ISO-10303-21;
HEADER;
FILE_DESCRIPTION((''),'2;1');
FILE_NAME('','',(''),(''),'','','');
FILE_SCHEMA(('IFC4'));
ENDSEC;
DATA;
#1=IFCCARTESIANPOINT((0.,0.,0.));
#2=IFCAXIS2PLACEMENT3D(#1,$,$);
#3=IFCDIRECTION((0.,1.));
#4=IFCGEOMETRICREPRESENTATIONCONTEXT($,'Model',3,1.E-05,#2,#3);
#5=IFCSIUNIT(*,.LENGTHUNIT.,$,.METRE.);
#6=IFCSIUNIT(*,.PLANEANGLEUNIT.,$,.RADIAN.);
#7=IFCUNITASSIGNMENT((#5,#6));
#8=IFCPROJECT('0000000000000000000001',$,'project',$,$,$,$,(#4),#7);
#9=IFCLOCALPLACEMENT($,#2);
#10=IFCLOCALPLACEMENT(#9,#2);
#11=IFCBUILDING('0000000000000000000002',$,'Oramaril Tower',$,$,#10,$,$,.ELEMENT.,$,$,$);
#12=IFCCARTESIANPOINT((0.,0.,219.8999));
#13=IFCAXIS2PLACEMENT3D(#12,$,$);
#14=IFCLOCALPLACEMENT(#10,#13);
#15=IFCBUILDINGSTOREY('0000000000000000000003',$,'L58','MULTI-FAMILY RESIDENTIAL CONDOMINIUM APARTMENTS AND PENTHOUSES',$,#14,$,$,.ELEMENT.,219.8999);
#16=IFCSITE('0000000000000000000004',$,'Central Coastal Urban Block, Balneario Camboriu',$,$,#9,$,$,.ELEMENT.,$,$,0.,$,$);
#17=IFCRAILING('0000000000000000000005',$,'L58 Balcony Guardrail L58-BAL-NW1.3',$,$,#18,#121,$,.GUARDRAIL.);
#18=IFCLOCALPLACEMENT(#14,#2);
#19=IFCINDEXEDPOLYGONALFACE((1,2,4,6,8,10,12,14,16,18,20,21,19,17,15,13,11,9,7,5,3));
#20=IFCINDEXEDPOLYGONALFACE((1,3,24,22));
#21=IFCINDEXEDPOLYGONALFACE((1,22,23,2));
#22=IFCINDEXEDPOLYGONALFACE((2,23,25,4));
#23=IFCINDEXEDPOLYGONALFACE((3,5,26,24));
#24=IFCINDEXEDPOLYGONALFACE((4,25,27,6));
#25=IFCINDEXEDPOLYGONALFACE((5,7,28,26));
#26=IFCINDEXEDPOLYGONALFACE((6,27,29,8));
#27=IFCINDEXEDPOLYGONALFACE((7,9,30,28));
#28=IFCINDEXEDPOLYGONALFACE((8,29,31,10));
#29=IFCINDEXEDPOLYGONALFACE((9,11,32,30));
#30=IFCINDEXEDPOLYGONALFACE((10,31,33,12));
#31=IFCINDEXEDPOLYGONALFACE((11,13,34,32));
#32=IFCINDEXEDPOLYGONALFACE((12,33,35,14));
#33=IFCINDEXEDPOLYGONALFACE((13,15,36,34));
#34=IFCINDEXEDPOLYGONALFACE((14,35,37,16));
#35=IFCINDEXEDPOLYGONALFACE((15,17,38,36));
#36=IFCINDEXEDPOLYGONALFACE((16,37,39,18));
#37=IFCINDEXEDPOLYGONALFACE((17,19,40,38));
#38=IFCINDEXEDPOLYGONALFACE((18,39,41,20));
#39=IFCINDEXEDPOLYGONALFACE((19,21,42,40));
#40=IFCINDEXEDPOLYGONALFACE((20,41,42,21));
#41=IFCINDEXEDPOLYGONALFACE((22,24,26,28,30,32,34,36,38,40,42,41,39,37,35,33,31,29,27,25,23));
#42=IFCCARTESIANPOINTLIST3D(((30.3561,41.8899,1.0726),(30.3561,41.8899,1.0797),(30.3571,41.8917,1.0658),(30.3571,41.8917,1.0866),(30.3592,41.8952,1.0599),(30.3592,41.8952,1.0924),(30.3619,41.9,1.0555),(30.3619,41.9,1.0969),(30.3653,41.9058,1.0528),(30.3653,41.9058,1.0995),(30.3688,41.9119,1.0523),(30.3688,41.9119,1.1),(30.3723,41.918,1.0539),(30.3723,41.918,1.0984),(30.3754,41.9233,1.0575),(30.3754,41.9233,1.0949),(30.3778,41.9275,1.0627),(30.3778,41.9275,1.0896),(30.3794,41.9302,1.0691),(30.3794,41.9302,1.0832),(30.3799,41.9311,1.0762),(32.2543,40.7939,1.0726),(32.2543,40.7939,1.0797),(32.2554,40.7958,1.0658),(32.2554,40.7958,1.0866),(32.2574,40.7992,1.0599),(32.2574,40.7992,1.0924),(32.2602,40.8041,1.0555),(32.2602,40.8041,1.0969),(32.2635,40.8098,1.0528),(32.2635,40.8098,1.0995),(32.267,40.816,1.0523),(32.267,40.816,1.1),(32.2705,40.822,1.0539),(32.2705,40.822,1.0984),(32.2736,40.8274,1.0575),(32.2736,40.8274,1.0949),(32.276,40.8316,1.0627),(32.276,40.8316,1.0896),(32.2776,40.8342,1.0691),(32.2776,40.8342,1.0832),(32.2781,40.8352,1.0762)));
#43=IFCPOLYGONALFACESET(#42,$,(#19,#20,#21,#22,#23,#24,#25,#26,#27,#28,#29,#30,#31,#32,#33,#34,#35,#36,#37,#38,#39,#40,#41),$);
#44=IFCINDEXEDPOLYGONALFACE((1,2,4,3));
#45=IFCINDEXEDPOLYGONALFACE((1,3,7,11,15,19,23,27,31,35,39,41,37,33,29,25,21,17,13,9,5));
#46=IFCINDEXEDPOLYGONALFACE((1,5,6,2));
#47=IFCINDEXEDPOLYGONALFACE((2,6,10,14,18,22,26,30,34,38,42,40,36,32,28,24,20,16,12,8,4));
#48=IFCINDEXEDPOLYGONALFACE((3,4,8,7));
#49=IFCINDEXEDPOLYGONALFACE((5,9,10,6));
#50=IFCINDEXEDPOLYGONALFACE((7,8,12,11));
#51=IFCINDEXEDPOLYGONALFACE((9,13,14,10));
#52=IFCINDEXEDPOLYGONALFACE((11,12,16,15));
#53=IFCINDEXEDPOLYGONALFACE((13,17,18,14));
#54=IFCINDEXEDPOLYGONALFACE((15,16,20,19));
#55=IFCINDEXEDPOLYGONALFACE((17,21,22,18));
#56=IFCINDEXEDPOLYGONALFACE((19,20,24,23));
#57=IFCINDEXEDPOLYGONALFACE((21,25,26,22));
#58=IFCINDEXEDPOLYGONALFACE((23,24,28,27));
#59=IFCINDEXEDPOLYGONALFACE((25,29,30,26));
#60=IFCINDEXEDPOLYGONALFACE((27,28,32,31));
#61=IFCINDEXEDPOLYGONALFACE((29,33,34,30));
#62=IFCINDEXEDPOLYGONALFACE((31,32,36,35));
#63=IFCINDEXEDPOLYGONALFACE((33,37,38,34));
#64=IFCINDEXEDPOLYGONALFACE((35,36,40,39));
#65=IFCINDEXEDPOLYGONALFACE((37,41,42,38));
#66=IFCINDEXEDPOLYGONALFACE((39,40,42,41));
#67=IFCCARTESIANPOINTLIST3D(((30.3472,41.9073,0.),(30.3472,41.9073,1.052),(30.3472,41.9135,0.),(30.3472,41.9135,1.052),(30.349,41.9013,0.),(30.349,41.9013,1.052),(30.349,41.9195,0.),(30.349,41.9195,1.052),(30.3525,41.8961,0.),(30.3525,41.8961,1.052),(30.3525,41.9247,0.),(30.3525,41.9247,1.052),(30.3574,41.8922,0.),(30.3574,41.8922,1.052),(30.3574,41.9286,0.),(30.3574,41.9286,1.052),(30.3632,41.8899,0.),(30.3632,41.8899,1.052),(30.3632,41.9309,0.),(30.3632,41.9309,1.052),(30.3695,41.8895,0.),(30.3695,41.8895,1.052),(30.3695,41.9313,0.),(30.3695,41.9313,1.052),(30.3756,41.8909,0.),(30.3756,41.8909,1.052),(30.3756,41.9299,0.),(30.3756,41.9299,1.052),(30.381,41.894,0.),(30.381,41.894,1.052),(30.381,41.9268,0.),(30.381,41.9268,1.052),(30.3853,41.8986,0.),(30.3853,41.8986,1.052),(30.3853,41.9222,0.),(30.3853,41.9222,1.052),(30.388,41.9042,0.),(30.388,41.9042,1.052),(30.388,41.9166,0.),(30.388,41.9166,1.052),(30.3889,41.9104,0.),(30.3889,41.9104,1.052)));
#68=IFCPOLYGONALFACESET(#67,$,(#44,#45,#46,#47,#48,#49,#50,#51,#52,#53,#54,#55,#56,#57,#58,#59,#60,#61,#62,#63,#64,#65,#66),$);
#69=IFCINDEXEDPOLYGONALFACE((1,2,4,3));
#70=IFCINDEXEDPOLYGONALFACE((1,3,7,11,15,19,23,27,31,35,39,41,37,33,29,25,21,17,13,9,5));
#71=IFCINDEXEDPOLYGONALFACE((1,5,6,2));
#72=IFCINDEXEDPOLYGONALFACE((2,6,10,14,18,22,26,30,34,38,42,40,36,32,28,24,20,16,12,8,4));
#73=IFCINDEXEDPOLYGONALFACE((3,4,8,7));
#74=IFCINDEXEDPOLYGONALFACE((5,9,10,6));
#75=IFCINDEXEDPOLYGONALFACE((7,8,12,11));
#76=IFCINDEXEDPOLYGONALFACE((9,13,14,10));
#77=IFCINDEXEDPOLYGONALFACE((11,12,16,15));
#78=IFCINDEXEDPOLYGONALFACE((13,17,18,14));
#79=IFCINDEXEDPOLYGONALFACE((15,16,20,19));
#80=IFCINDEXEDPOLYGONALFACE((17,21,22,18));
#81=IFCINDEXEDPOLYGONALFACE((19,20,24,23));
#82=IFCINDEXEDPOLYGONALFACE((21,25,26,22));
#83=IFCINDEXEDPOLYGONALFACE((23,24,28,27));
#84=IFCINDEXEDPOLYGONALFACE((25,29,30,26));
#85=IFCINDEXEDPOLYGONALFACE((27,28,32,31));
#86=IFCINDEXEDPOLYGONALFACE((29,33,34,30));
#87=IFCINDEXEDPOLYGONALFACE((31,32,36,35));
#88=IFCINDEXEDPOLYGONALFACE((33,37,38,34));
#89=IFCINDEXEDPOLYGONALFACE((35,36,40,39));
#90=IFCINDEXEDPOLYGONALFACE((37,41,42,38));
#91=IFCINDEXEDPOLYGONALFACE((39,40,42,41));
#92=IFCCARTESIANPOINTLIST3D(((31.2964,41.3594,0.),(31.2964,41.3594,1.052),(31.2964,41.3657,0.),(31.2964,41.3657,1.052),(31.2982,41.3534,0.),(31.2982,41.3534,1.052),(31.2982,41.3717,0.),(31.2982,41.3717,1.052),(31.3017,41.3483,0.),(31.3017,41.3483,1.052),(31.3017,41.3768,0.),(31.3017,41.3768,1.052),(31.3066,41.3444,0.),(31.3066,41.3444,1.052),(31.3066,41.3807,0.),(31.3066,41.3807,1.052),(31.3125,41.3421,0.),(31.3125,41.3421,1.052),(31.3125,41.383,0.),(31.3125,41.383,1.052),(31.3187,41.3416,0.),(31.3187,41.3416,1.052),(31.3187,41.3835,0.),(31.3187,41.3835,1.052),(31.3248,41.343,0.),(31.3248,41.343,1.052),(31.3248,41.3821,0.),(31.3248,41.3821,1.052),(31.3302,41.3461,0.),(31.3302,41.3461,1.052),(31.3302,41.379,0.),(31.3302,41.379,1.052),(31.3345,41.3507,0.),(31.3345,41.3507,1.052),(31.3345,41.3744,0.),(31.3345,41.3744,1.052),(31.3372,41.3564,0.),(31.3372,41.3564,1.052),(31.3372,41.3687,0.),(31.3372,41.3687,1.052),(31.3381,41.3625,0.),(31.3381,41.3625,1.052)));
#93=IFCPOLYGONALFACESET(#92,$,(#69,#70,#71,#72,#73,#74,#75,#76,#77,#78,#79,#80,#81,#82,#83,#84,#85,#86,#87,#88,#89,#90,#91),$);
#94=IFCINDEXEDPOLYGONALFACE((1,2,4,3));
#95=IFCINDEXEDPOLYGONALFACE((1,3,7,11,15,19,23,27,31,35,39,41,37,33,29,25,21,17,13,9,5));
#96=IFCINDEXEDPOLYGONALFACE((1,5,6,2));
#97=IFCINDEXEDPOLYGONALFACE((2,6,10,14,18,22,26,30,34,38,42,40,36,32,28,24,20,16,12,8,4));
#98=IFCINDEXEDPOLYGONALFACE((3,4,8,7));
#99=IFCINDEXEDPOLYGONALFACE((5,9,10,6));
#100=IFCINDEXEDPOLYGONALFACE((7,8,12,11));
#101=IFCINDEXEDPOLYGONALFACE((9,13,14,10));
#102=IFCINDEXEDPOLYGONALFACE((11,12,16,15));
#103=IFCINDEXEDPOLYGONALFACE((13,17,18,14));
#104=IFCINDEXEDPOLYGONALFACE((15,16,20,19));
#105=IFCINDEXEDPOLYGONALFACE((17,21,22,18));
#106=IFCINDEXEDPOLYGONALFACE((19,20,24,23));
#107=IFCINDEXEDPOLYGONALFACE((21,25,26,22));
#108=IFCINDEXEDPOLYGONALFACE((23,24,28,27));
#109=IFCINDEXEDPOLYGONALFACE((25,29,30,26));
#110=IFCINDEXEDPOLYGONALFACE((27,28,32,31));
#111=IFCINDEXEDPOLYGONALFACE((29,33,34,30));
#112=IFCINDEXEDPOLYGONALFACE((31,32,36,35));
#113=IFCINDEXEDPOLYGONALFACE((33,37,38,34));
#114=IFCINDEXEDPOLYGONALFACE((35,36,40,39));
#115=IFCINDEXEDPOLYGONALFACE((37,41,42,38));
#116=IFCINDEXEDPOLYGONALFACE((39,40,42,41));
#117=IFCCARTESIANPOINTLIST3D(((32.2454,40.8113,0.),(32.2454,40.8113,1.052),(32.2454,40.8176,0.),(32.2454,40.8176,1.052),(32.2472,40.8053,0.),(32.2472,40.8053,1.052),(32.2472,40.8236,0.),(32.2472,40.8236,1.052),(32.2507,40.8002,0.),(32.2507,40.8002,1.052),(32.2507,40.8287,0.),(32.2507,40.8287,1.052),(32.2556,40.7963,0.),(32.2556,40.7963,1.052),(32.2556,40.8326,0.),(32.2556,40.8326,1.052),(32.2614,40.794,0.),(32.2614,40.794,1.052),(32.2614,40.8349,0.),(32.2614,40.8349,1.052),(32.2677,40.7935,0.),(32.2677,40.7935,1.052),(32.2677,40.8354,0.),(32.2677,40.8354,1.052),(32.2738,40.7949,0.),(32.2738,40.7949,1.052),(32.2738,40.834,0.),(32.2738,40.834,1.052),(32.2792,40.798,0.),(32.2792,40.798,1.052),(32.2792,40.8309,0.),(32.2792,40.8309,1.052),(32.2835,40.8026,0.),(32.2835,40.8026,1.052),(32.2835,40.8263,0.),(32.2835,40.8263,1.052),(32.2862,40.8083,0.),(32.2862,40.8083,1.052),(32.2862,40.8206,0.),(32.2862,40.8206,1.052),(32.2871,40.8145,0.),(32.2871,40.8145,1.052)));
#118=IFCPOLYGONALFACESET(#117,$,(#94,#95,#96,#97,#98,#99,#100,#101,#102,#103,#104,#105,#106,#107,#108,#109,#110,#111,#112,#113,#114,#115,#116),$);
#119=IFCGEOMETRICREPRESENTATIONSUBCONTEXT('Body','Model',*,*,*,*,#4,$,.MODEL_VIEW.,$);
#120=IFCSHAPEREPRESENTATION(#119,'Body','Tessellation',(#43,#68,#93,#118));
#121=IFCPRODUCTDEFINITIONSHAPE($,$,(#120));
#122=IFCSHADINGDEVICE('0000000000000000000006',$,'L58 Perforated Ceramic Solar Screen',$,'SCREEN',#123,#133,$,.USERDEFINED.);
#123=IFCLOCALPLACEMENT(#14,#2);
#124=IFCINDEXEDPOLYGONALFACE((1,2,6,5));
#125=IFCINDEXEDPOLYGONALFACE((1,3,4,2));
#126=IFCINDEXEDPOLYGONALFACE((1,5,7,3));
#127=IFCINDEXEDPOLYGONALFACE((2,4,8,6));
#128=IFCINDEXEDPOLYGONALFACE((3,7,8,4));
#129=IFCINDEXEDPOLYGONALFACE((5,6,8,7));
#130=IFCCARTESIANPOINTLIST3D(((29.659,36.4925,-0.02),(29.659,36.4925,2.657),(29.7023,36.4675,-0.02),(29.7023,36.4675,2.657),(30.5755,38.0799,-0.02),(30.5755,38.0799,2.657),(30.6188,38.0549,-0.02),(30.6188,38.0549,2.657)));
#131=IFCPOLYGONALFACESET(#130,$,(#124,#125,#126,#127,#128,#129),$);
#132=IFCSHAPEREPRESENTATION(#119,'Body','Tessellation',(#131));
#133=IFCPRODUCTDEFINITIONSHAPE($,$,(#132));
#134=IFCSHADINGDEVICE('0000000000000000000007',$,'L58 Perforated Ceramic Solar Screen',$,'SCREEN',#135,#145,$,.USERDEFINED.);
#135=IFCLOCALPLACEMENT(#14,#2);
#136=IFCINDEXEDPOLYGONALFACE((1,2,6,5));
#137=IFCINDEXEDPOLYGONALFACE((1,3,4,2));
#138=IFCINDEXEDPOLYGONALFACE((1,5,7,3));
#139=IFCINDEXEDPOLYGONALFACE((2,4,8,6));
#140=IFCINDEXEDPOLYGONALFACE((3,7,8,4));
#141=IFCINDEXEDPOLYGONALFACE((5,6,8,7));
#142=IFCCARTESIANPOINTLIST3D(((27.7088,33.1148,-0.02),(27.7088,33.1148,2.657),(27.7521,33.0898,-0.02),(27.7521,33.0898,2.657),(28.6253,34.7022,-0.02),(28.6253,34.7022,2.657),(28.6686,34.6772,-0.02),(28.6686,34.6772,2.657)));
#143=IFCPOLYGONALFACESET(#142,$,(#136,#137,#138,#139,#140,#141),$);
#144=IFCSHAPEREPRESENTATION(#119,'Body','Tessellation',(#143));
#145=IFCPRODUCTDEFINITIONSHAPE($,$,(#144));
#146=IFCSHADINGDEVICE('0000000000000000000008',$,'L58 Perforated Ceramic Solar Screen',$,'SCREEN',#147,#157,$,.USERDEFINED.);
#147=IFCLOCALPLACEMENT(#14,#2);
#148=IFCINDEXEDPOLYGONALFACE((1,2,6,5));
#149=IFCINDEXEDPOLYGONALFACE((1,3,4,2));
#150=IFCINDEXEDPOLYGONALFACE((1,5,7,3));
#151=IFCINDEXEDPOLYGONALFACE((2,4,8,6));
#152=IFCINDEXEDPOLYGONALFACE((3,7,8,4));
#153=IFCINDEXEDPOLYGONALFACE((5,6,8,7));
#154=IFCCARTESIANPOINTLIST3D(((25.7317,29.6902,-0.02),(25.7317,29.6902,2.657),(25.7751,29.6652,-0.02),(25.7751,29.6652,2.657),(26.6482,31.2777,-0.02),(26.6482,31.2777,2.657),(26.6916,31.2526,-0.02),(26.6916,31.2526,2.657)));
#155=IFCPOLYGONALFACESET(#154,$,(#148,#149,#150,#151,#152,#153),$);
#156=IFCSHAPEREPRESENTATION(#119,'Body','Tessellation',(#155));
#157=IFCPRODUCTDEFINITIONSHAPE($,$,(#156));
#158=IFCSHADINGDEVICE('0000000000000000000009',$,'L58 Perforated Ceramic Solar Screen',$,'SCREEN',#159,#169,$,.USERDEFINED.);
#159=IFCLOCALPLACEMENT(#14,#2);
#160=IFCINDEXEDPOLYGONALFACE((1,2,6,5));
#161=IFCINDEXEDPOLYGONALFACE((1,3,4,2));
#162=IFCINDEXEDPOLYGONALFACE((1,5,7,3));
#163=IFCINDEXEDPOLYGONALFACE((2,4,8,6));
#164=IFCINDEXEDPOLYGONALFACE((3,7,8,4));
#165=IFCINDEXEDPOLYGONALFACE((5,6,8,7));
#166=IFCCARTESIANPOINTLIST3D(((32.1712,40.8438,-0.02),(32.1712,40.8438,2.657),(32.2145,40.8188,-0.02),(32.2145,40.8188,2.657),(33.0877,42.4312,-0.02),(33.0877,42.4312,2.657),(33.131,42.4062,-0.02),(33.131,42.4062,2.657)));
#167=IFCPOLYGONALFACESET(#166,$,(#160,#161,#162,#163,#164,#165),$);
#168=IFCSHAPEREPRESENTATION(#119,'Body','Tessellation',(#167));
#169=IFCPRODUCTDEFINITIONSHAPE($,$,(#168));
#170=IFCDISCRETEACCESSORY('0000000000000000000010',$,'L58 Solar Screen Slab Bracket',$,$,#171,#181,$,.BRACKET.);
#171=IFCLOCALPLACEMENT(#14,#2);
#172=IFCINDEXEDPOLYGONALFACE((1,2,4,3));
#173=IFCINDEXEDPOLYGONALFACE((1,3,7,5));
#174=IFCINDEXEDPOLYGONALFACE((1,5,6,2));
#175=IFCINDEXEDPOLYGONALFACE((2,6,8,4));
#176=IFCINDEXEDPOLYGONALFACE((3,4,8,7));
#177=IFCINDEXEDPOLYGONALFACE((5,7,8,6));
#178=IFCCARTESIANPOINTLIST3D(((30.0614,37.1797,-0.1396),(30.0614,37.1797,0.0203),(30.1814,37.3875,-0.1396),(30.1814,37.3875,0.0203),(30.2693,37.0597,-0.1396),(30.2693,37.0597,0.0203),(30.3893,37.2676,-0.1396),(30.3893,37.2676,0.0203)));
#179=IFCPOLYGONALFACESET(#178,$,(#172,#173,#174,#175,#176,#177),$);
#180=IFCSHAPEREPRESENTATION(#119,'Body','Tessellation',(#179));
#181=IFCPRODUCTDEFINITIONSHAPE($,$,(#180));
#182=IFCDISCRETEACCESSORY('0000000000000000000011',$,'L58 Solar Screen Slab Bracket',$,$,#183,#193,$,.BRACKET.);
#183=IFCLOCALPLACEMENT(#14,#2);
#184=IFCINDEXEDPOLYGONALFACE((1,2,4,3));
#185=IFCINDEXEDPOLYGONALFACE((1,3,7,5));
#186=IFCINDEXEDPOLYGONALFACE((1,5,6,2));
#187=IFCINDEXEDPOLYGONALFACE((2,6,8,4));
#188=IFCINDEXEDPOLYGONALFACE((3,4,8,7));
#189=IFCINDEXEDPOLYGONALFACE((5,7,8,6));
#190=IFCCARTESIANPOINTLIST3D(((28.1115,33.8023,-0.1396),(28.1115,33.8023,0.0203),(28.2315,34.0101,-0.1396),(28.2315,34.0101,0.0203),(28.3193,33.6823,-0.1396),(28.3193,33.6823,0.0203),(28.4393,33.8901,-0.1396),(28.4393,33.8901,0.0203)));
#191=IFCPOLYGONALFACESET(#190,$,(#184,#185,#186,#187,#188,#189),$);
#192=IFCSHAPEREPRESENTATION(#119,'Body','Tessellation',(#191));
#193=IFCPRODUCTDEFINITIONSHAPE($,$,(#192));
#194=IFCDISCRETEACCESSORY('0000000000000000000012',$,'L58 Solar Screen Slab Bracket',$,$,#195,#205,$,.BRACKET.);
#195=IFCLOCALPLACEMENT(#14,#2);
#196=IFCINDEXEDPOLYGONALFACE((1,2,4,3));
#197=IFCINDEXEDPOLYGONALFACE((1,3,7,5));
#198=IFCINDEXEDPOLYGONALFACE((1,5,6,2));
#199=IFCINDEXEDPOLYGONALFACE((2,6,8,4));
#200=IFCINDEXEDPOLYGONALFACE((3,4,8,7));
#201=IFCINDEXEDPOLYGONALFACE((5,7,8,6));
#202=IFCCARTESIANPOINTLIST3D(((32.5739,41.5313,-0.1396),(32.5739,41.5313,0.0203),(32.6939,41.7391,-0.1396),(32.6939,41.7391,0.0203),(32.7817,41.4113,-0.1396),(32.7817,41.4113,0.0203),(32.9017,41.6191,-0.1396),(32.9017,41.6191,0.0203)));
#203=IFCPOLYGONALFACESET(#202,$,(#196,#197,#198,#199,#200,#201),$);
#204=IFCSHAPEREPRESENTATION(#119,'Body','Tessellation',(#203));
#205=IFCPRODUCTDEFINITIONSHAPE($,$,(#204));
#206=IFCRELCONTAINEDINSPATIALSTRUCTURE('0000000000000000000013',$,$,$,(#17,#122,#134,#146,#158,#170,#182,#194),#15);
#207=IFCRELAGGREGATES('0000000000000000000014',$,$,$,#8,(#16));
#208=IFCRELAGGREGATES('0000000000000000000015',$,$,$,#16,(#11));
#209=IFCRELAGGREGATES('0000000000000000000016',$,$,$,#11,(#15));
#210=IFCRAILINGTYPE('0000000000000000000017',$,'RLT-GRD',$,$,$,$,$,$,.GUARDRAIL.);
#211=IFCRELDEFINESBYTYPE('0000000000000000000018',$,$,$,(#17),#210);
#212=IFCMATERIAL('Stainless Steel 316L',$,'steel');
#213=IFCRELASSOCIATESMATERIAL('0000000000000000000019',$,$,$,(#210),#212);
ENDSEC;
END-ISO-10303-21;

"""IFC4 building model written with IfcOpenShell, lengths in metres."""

from ifc_helpers import new_model, si_unit, direction, frame, origin, origin_2d, place, context, subcontext, project, spatial, rectangle, circle, extrude, material, type_object, element, save


model = new_model("IFC4")

# Units and contexts
model_context = context("Model", 3, precision=1e-05, world=origin(), true_north=direction((0.0, 1.0)))
body_context = subcontext(model_context, "Body", "Model", "MODEL_VIEW")
ifc_project = project(units=[si_unit("LENGTHUNIT", "METRE"), si_unit("PLANEANGLEUNIT", "RADIAN")], contexts=[model_context])

# Site, building, storey
site_placement = place(None, origin())
site = spatial("IfcSite", under=ifc_project, at=site_placement, Name="Central Coastal Urban Block, Balneario Camboriu", CompositionType="ELEMENT", RefElevation=0.0)
building_placement = place(site_placement, origin())
building = spatial("IfcBuilding", under=site, at=building_placement, Name="Oramaril Tower", CompositionType="ELEMENT")
storey_placement = place(building_placement, frame((0.0, 0.0, 219.8999)))
storey = spatial("IfcBuildingStorey", under=building, at=storey_placement, Name="L58", Description="MULTI-FAMILY RESIDENTIAL CONDOMINIUM APARTMENTS AND PENTHOUSES", CompositionType="ELEMENT", Elevation=219.8999)

# Railing
ifc_material_1 = material(Name="Stainless Steel 316L", Category="steel")
railing_type = type_object("IfcRailingType", Name="RLT-GRD", PredefinedType="GUARDRAIL", material=ifc_material_1)
railing_1_placement = place(storey_placement, frame((30.3679, 41.9104, 0.0)))
element("IfcRailing", 1, at=railing_1_placement, inside=storey, type_object=railing_type, Name="L58 Balcony Guardrail L58-BAL-NW1.3", PredefinedType="GUARDRAIL", context=body_context, shape_type="SweptSolid", body=[
    extrude(circle(Radius=0.0239, at=origin_2d()), frame((0.0, 0.0, 1.0762), z_axis=(0.866021, -0.500008, 0.0), x_axis=(0.500008, 0.866021, 0.0)), (0.0, 0.0, 1.0), 2.1919),
    extrude(circle(Radius=0.021, at=origin_2d()), origin(), (0.0, 0.0, 1.0), 1.052),
    extrude(circle(Radius=0.021, at=origin_2d()), frame((0.9492, -0.5479, 0.0)), (0.0, 0.0, 1.0), 1.052),
    extrude(circle(Radius=0.021, at=origin_2d()), frame((1.8982, -1.0959, 0.0)), (0.0, 0.0, 1.0), 1.052),
])

# Shading devices
for number, where, z_axis, x_axis, name in (
    (2, (30.1389, 37.2737, -0.02), (0.0, 0.0, 1.0), (-0.499998, -0.866026, 0.0), "L58 Perforated Ceramic Solar Screen"),
    (3, (28.1887, 33.896, -0.02), (0.0, 0.0, 1.0), (-0.499998, -0.866026, 0.0), "L58 Perforated Ceramic Solar Screen"),
    (4, (26.2117, 30.4714, -0.02), (0.0, 0.0, 1.0), (-0.499998, -0.866026, 0.0), "L58 Perforated Ceramic Solar Screen"),
    (5, (32.6511, 41.625, -0.02), (0.0, 0.0, 1.0), (-0.499998, -0.866026, 0.0), "L58 Perforated Ceramic Solar Screen"),
):
    element("IfcShadingDevice", number, at=place(storey_placement, frame(where, z_axis=z_axis, x_axis=x_axis)), inside=storey, Name=name, ObjectType="SCREEN", PredefinedType="USERDEFINED", context=body_context, shape_type="SweptSolid", body=[
        extrude(rectangle(XDim=1.833, YDim=0.05, at=origin_2d()), origin(), (0.0, 0.0, 1.0), 2.677),
    ])

# Discrete accessories
for number, where, z_axis, x_axis, name in (
    (6, (30.2253, 37.2236, -0.1396), (0.0, 0.0, 1.0), (-0.499998, -0.866026, 0.0), "L58 Solar Screen Slab Bracket"),
    (7, (28.2754, 33.8462, -0.1396), (0.0, 0.0, 1.0), (-0.499998, -0.866026, 0.0), "L58 Solar Screen Slab Bracket"),
    (8, (32.7378, 41.5752, -0.1396), (0.0, 0.0, 1.0), (-0.499998, -0.866026, 0.0), "L58 Solar Screen Slab Bracket"),
):
    element("IfcDiscreteAccessory", number, at=place(storey_placement, frame(where, z_axis=z_axis, x_axis=x_axis)), inside=storey, Name=name, PredefinedType="BRACKET", context=body_context, shape_type="SweptSolid", body=[
        extrude(rectangle(XDim=0.24, YDim=0.24, at=origin_2d()), origin(), (0.0, 0.0, 1.0), 0.1599),
    ])

save(model, "model.ifc")
